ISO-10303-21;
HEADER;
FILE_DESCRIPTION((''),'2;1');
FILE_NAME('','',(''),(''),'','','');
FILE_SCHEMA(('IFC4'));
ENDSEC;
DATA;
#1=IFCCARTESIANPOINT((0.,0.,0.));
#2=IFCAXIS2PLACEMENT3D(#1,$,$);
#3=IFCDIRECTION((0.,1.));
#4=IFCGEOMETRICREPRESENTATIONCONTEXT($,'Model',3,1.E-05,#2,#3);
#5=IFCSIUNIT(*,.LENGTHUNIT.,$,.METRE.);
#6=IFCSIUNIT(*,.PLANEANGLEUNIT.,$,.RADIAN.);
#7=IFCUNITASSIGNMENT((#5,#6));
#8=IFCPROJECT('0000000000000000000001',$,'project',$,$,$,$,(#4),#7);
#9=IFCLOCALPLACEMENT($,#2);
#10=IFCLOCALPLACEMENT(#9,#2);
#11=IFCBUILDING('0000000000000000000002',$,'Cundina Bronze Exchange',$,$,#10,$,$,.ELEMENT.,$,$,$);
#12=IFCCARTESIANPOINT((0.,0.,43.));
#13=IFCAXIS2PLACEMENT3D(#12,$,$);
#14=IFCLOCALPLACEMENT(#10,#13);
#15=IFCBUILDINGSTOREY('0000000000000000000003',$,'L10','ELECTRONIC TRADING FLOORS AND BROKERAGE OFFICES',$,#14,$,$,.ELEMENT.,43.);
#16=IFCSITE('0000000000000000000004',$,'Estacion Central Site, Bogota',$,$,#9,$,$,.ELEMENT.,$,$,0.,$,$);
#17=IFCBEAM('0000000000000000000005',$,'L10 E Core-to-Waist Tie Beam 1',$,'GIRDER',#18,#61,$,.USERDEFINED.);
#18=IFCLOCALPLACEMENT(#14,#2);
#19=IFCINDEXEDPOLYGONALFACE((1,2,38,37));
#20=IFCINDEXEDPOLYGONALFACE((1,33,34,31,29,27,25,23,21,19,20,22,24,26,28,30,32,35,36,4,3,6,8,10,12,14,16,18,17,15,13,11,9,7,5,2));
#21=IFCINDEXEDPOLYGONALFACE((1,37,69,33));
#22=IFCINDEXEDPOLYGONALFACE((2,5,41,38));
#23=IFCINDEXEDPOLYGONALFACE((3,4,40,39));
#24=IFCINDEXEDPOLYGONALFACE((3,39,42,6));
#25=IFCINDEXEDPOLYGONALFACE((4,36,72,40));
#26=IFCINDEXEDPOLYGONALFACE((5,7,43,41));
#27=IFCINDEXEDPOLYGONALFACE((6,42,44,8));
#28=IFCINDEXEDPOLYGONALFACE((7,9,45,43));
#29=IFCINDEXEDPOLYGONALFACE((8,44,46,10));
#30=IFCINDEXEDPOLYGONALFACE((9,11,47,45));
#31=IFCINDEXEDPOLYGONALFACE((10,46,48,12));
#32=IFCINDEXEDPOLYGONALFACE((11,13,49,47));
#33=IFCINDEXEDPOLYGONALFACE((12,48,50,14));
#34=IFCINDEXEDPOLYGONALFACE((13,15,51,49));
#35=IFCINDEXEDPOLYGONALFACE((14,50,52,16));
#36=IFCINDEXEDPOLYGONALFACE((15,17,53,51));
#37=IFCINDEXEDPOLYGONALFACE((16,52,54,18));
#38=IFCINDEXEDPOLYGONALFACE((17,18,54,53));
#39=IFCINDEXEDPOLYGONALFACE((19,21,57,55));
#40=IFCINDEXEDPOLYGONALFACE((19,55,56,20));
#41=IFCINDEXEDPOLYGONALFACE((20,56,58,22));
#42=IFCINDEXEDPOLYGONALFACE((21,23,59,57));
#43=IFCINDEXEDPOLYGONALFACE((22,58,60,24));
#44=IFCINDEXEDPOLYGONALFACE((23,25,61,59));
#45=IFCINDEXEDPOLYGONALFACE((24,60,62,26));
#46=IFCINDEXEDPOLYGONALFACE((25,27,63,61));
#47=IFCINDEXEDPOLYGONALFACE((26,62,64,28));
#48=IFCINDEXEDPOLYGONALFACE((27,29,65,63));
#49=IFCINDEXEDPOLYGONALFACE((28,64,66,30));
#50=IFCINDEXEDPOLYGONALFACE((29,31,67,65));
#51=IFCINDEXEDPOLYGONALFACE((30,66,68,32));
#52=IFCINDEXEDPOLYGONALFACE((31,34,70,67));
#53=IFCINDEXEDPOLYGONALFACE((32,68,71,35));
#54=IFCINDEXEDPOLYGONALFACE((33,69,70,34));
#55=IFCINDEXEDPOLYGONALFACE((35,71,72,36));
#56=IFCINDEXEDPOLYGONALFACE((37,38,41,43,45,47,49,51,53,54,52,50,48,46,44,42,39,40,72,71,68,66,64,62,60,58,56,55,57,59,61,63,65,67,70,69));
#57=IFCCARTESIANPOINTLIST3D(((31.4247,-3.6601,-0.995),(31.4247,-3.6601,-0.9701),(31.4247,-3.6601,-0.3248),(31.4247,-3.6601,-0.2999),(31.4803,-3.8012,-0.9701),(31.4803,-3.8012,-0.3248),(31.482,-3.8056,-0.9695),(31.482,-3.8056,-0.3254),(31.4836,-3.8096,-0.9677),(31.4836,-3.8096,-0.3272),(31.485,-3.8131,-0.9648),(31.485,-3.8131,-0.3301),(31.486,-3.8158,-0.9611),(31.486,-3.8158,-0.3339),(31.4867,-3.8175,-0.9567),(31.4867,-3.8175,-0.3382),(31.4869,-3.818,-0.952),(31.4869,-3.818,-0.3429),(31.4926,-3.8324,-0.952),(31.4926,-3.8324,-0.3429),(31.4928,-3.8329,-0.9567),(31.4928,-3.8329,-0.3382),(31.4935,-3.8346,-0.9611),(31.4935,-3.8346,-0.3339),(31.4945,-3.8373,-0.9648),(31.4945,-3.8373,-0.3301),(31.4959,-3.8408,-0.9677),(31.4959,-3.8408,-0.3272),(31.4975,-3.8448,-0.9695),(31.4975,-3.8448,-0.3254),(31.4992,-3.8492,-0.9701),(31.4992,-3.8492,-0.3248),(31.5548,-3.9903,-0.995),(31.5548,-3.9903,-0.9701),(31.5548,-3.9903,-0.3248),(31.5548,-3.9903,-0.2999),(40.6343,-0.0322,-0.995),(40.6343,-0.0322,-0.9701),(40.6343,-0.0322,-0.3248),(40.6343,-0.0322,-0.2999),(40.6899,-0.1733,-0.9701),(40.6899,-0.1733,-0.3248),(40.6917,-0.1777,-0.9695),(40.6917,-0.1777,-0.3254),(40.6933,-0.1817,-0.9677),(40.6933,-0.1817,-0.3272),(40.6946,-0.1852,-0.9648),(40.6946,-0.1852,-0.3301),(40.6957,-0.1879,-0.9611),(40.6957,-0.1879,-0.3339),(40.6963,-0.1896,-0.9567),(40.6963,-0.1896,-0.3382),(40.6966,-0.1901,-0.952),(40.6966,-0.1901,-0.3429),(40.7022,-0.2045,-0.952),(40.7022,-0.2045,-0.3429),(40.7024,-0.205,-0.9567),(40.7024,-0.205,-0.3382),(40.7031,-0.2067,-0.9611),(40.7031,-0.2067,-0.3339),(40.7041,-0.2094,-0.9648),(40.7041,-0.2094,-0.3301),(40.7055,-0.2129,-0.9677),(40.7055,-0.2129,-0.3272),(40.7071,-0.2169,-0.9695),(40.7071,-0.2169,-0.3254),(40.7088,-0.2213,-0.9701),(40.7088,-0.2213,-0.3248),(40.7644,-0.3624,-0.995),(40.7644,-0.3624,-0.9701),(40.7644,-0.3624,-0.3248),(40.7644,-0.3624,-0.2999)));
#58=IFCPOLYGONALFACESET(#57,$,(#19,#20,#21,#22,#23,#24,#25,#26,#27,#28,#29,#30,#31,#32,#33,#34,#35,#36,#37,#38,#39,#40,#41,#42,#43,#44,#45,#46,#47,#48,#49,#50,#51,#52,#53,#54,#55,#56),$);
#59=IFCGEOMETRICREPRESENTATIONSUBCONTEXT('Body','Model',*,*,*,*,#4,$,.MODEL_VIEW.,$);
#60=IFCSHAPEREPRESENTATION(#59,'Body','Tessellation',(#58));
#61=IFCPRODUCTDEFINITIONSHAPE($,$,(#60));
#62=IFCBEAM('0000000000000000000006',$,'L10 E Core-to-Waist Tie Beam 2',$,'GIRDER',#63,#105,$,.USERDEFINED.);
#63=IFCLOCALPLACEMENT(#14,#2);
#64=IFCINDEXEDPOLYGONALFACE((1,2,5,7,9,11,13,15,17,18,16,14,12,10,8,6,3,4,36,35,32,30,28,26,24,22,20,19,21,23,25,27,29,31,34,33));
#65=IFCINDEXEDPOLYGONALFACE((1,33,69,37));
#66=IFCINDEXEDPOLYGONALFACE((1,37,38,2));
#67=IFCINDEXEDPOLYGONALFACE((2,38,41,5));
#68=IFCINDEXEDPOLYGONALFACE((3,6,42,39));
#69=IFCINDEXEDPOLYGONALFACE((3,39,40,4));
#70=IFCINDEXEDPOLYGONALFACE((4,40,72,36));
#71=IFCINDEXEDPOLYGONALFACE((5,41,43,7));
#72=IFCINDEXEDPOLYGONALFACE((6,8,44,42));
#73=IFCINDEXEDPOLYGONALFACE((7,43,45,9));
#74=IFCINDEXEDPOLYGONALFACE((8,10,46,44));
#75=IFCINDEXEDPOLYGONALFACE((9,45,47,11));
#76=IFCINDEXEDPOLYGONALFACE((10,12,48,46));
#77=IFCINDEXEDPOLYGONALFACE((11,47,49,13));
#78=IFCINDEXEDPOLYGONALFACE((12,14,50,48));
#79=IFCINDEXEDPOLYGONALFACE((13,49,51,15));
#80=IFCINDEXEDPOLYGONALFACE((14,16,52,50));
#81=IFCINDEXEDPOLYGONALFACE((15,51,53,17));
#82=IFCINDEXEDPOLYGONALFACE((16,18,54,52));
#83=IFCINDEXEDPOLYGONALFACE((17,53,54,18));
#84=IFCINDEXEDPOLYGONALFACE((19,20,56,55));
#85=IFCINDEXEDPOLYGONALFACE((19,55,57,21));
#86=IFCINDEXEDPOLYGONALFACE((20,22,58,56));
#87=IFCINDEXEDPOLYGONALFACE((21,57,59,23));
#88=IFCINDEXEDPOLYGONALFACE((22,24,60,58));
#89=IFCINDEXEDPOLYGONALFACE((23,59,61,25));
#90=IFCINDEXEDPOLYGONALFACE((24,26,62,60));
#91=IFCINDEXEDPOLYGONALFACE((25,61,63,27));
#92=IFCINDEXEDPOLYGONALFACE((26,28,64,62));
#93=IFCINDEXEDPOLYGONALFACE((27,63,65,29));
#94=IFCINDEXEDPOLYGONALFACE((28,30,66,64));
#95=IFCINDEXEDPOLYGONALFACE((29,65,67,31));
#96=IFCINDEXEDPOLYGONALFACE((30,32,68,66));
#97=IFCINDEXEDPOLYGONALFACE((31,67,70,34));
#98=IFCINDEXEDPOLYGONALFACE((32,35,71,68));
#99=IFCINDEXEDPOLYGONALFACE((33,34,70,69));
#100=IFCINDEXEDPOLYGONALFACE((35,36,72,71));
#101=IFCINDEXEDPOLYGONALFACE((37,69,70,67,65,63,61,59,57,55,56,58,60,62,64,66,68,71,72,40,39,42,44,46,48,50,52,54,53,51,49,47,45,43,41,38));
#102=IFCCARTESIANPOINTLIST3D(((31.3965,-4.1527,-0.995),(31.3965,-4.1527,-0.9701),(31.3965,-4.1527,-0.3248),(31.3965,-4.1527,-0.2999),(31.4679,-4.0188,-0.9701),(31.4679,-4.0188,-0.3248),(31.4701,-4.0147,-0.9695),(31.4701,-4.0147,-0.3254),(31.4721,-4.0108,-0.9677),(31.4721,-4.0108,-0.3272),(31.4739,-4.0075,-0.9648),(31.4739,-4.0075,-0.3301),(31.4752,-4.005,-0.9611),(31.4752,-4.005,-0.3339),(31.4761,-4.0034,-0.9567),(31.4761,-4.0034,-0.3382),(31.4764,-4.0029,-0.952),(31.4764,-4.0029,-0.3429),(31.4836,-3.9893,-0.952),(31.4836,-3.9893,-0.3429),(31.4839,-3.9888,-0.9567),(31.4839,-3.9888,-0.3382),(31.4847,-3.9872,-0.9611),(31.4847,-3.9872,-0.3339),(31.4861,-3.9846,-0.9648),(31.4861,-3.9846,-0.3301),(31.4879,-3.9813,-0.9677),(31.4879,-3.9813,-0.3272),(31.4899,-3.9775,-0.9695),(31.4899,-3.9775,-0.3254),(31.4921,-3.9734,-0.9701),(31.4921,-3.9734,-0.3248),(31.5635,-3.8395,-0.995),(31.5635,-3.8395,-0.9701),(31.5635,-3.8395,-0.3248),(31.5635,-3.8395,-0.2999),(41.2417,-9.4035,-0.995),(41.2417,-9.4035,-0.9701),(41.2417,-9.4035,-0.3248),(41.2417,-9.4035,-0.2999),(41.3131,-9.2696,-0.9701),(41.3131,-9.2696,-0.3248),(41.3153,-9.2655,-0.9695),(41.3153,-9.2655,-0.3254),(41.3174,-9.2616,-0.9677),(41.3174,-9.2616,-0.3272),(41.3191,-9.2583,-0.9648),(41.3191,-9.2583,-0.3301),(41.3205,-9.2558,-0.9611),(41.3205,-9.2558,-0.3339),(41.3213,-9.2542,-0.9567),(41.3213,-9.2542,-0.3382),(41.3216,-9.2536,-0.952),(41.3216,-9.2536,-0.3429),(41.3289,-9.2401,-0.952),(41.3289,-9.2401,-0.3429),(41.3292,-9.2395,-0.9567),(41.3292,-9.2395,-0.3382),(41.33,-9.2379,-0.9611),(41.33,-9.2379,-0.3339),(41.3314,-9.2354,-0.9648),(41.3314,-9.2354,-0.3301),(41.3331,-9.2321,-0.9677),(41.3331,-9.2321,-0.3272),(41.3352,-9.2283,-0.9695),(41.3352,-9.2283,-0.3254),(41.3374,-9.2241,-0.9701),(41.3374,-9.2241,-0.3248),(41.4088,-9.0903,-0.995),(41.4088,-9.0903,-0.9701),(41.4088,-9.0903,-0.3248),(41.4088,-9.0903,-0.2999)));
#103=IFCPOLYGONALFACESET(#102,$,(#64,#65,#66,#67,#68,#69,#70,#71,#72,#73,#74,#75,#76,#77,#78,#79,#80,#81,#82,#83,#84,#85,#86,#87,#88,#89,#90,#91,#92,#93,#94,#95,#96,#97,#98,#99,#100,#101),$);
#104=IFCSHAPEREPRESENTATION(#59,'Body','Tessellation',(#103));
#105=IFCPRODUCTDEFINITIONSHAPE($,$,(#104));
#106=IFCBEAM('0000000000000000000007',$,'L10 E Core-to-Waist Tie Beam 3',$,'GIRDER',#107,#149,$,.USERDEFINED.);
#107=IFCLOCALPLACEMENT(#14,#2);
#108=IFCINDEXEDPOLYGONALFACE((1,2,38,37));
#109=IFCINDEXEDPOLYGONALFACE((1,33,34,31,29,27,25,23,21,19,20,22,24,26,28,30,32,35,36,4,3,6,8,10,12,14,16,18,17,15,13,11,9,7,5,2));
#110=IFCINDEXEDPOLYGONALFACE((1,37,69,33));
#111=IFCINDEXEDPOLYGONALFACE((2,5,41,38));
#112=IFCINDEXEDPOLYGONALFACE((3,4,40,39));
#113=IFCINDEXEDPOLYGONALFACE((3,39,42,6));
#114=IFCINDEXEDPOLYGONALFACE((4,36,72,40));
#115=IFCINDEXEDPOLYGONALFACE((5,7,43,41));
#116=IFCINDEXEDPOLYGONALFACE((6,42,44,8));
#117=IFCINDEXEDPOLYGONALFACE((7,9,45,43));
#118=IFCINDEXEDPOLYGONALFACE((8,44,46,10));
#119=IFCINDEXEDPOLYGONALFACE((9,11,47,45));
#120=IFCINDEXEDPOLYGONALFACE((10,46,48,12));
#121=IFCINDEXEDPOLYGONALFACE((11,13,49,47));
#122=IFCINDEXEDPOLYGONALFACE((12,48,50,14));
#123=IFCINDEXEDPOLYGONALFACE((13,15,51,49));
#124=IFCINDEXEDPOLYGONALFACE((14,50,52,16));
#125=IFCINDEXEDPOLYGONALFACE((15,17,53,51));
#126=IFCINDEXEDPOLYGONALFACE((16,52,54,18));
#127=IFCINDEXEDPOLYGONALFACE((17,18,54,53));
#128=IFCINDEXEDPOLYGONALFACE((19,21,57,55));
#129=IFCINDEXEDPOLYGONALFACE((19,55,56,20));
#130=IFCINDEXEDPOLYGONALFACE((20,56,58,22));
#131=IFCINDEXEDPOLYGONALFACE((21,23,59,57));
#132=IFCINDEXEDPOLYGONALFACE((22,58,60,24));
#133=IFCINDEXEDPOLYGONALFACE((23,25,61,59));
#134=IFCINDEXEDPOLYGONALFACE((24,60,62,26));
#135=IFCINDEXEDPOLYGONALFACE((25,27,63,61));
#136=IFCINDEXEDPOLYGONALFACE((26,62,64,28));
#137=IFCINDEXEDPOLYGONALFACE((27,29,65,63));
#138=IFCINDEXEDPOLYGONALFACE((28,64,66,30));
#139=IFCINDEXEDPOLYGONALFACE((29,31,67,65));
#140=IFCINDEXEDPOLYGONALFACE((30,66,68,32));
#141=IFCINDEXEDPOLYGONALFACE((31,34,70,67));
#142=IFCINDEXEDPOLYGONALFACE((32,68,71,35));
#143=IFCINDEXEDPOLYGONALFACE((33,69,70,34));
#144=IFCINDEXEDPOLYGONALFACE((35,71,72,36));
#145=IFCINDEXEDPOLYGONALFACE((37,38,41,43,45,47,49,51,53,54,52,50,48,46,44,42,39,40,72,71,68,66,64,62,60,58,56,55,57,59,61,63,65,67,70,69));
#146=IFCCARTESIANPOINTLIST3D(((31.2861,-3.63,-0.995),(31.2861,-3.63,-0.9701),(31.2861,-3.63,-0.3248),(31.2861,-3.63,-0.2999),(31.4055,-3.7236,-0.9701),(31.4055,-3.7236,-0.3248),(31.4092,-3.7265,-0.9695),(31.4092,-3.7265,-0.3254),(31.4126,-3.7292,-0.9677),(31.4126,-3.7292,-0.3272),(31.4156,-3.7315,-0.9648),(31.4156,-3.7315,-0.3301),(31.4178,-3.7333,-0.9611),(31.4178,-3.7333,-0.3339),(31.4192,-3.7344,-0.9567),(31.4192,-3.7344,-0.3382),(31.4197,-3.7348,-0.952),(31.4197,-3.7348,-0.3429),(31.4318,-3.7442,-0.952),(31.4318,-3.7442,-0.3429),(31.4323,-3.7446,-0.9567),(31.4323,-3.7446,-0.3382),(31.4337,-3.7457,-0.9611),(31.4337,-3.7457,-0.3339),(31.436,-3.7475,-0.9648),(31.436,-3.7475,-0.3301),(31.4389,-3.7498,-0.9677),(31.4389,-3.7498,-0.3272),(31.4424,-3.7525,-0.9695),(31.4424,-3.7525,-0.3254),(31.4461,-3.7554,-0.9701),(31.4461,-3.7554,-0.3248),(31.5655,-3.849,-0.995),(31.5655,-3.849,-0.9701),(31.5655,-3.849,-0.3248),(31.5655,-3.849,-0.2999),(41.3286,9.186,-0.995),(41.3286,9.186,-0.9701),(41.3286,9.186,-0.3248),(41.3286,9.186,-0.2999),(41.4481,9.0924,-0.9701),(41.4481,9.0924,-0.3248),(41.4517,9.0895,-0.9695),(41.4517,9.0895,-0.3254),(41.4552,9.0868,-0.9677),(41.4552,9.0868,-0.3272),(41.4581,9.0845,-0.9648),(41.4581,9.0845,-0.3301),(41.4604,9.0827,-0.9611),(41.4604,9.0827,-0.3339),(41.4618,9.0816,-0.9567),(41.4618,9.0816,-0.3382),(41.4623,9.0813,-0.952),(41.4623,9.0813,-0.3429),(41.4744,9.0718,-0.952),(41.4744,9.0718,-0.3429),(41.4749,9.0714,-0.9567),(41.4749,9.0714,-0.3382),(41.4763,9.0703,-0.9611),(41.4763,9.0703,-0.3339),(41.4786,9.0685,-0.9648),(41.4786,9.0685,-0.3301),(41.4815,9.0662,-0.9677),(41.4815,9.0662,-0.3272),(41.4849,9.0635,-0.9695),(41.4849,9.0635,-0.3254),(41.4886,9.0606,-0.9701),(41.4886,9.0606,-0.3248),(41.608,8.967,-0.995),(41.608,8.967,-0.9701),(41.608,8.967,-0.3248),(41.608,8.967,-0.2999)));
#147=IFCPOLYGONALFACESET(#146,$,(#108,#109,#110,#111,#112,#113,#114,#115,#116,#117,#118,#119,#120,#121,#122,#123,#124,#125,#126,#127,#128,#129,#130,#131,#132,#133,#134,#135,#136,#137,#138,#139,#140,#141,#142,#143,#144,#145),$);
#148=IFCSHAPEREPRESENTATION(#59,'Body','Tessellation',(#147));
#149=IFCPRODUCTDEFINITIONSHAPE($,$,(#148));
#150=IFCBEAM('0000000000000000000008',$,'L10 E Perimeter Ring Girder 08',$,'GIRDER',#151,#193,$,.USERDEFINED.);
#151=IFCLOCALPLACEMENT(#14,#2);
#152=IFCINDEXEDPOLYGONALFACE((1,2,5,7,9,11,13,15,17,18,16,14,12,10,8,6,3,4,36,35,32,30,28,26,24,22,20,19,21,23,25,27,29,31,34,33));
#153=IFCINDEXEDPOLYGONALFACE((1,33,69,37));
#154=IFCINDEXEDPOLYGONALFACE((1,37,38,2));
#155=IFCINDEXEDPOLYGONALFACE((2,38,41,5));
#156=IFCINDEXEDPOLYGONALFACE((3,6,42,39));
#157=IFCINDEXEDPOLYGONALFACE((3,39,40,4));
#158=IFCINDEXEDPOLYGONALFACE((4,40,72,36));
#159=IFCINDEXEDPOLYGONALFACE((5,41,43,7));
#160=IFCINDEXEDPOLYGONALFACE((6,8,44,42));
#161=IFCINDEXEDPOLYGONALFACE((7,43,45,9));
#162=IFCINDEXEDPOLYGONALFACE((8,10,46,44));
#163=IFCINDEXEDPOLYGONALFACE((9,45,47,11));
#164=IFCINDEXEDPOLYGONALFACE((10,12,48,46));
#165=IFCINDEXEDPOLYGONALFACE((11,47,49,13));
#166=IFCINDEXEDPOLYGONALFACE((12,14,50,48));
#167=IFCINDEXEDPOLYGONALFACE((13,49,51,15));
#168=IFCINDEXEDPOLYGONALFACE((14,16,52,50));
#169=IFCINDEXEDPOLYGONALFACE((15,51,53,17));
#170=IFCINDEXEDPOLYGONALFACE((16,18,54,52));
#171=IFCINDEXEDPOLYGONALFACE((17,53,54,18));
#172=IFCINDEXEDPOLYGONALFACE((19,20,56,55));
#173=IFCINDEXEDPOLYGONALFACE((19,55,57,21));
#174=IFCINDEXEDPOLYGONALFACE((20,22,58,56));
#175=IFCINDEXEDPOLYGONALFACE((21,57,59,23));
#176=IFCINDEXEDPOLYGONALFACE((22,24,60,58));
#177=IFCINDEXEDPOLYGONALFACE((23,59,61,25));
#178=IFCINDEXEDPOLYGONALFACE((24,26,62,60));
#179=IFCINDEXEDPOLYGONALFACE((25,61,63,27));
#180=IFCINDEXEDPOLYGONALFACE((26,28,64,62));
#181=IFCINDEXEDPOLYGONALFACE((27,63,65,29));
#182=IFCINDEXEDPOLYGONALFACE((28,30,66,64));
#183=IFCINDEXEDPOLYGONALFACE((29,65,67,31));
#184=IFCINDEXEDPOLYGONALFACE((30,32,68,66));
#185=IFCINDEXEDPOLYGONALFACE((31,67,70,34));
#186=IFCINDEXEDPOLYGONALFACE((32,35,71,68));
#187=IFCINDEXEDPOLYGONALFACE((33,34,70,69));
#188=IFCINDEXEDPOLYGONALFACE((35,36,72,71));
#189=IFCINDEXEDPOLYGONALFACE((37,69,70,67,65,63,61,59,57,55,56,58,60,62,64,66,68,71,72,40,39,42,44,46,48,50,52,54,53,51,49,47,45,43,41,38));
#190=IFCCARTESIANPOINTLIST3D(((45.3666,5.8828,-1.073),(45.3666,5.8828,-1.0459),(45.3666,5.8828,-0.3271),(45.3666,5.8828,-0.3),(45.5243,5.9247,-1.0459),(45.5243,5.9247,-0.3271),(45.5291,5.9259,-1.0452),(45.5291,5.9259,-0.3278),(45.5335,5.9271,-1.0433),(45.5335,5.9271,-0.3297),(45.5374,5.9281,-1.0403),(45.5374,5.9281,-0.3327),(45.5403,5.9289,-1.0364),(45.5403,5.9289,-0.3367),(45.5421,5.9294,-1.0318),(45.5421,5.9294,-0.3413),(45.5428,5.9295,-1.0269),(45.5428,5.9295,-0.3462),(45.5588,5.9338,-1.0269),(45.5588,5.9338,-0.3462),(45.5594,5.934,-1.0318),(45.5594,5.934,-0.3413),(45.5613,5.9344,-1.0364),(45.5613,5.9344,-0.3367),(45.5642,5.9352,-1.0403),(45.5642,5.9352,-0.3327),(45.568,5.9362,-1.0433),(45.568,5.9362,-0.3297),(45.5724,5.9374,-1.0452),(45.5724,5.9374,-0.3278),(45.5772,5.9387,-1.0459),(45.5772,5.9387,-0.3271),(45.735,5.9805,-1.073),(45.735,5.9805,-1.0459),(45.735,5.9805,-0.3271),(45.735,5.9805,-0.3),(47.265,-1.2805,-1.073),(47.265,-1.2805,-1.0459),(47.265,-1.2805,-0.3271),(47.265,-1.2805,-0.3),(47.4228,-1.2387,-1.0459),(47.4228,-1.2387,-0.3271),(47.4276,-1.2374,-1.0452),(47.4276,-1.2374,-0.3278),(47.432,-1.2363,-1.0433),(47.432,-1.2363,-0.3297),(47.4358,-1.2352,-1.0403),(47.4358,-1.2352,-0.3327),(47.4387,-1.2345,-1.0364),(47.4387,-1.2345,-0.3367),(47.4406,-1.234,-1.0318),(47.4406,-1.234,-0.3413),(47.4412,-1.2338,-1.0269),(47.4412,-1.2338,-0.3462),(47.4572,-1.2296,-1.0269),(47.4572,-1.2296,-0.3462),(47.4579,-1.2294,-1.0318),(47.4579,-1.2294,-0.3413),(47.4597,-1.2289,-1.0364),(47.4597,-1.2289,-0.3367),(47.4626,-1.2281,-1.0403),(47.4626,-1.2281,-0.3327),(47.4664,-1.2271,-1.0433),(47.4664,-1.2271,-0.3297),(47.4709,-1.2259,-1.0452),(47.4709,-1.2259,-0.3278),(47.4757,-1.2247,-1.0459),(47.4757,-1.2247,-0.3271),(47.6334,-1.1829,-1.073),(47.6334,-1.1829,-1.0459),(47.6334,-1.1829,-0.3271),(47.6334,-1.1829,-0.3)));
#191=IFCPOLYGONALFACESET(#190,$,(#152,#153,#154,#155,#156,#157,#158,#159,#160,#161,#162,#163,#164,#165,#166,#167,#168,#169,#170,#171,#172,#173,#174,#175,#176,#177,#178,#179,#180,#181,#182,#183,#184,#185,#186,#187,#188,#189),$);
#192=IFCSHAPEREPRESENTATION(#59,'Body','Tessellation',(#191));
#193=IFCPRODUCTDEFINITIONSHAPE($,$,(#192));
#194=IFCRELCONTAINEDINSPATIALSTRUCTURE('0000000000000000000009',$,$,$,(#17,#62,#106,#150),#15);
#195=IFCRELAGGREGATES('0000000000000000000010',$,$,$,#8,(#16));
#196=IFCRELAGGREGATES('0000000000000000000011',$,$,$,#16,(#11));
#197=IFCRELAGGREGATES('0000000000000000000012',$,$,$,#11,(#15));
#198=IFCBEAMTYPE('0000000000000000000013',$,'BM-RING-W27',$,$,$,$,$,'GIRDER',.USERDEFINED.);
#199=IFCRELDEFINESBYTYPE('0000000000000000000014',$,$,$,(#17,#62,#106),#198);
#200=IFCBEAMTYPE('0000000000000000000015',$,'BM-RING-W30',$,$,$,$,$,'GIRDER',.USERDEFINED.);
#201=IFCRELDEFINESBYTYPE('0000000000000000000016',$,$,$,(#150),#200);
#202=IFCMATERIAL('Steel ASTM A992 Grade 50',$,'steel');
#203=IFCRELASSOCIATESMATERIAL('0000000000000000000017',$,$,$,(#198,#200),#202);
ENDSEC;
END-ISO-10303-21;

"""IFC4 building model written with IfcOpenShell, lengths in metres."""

from ifc_helpers import new_model, si_unit, direction, frame, origin, origin_2d, place, context, subcontext, project, spatial, i_section, extrude, material, material_profile, profile_set, type_object, element, save


model = new_model("IFC4")

# Units and contexts
model_context = context("Model", 3, precision=1e-05, world=origin(), true_north=direction((0.0, 1.0)))
body_context = subcontext(model_context, "Body", "Model", "MODEL_VIEW")
ifc_project = project(units=[si_unit("LENGTHUNIT", "METRE"), si_unit("PLANEANGLEUNIT", "RADIAN")], contexts=[model_context])

# Site, building, storey
site_placement = place(None, origin())
site = spatial("IfcSite", under=ifc_project, at=site_placement, Name="Estacion Central Site, Bogota", CompositionType="ELEMENT", RefElevation=0.0)
building_placement = place(site_placement, origin())
building = spatial("IfcBuilding", under=site, at=building_placement, Name="Cundina Bronze Exchange", CompositionType="ELEMENT")
storey_placement = place(building_placement, frame((0.0, 0.0, 43.0)))
storey = spatial("IfcBuildingStorey", under=building, at=storey_placement, Name="L10", Description="ELECTRONIC TRADING FLOORS AND BROKERAGE OFFICES", CompositionType="ELEMENT", Elevation=43.0)

# Shared definitions
ifc_material_1 = material(Name="Steel ASTM A992 Grade 50", Category="steel")

# Beams
ifc_material_profile_1 = material_profile(ifc_material_1, i_section(OverallWidth=0.355, OverallDepth=0.6951, WebThickness=0.0154, FlangeThickness=0.0249, FilletRadius=0.0181, at=origin_2d()), Name="W27X146", Category="steel")
ifc_profile_set_1 = profile_set([ifc_material_profile_1], Name="Steel ASTM A992 Grade 50")
beam_type_1 = type_object("IfcBeamType", Name="BM-RING-W27", ElementType="GIRDER", PredefinedType="USERDEFINED", material=ifc_profile_set_1)
beam_1_placement = place(storey_placement, frame((31.4897, -3.8252, -0.6475), z_axis=(0.930413, 0.366512, 0.0), x_axis=(-0.366512, 0.930413, 0.0)))
element("IfcBeam", 1, at=beam_1_placement, inside=storey, type_object=beam_type_1, Name="L10 E Core-to-Waist Tie Beam 1", ObjectType="GIRDER", PredefinedType="USERDEFINED", context=body_context, shape_type="SweptSolid", body=[
    extrude(i_section(OverallWidth=0.355, OverallDepth=0.6951, WebThickness=0.0154, FlangeThickness=0.0249, FilletRadius=0.0181, at=origin_2d()), origin(), (0.0, 0.0, 1.0), 9.8984),
])
beam_2_placement = place(storey_placement, frame((31.48, -3.9961, -0.6475), z_axis=(0.882355, -0.470585, 0.0), x_axis=(0.470585, 0.882355, 0.0)))
element("IfcBeam", 2, at=beam_2_placement, inside=storey, type_object=beam_type_1, Name="L10 E Core-to-Waist Tie Beam 2", ObjectType="GIRDER", PredefinedType="USERDEFINED", context=body_context, shape_type="SweptSolid", body=[
    extrude(i_section(OverallWidth=0.355, OverallDepth=0.6951, WebThickness=0.0154, FlangeThickness=0.0249, FilletRadius=0.0181, at=origin_2d()), origin(), (0.0, 0.0, 1.0), 11.158),
])
beam_3_placement = place(storey_placement, frame((31.4258, -3.7395, -0.6475), z_axis=(0.616789, 0.787128, 0.0), x_axis=(-0.787128, 0.616789, 0.0)))
element("IfcBeam", 3, at=beam_3_placement, inside=storey, type_object=beam_type_1, Name="L10 E Core-to-Waist Tie Beam 3", ObjectType="GIRDER", PredefinedType="USERDEFINED", context=body_context, shape_type="SweptSolid", body=[
    extrude(i_section(OverallWidth=0.355, OverallDepth=0.6951, WebThickness=0.0154, FlangeThickness=0.0249, FilletRadius=0.0181, at=origin_2d()), origin(), (0.0, 0.0, 1.0), 16.282),
])
ifc_material_profile_2 = material_profile(ifc_material_1, i_section(OverallWidth=0.3811, OverallDepth=0.7729, WebThickness=0.0166, FlangeThickness=0.0271, FilletRadius=0.019, at=origin_2d()), Name="W30X173", Category="steel")
ifc_profile_set_2 = profile_set([ifc_material_profile_2], Name="Steel ASTM A992 Grade 50")
beam_type_2 = type_object("IfcBeamType", Name="BM-RING-W30", ElementType="GIRDER", PredefinedType="USERDEFINED", material=ifc_profile_set_2)
for number, where, z_axis, x_axis, name in (
    (4, (47.4492, -1.2317, -0.6865), (-0.256178, 0.96663, 0.0), (-0.96663, -0.256178, 0.0), "L10 E Perimeter Ring Girder 08"),
):
    element("IfcBeam", number, at=place(storey_placement, frame(where, z_axis=z_axis, x_axis=x_axis)), inside=storey, type_object=beam_type_2, Name=name, ObjectType="GIRDER", PredefinedType="USERDEFINED", context=body_context, shape_type="SweptSolid", body=[
        extrude(i_section(OverallWidth=0.3811, OverallDepth=0.7729, WebThickness=0.0166, FlangeThickness=0.0271, FilletRadius=0.019, at=origin_2d()), origin(), (0.0, 0.0, 1.0), 7.4106),
    ])

save(model, "model.ifc")
